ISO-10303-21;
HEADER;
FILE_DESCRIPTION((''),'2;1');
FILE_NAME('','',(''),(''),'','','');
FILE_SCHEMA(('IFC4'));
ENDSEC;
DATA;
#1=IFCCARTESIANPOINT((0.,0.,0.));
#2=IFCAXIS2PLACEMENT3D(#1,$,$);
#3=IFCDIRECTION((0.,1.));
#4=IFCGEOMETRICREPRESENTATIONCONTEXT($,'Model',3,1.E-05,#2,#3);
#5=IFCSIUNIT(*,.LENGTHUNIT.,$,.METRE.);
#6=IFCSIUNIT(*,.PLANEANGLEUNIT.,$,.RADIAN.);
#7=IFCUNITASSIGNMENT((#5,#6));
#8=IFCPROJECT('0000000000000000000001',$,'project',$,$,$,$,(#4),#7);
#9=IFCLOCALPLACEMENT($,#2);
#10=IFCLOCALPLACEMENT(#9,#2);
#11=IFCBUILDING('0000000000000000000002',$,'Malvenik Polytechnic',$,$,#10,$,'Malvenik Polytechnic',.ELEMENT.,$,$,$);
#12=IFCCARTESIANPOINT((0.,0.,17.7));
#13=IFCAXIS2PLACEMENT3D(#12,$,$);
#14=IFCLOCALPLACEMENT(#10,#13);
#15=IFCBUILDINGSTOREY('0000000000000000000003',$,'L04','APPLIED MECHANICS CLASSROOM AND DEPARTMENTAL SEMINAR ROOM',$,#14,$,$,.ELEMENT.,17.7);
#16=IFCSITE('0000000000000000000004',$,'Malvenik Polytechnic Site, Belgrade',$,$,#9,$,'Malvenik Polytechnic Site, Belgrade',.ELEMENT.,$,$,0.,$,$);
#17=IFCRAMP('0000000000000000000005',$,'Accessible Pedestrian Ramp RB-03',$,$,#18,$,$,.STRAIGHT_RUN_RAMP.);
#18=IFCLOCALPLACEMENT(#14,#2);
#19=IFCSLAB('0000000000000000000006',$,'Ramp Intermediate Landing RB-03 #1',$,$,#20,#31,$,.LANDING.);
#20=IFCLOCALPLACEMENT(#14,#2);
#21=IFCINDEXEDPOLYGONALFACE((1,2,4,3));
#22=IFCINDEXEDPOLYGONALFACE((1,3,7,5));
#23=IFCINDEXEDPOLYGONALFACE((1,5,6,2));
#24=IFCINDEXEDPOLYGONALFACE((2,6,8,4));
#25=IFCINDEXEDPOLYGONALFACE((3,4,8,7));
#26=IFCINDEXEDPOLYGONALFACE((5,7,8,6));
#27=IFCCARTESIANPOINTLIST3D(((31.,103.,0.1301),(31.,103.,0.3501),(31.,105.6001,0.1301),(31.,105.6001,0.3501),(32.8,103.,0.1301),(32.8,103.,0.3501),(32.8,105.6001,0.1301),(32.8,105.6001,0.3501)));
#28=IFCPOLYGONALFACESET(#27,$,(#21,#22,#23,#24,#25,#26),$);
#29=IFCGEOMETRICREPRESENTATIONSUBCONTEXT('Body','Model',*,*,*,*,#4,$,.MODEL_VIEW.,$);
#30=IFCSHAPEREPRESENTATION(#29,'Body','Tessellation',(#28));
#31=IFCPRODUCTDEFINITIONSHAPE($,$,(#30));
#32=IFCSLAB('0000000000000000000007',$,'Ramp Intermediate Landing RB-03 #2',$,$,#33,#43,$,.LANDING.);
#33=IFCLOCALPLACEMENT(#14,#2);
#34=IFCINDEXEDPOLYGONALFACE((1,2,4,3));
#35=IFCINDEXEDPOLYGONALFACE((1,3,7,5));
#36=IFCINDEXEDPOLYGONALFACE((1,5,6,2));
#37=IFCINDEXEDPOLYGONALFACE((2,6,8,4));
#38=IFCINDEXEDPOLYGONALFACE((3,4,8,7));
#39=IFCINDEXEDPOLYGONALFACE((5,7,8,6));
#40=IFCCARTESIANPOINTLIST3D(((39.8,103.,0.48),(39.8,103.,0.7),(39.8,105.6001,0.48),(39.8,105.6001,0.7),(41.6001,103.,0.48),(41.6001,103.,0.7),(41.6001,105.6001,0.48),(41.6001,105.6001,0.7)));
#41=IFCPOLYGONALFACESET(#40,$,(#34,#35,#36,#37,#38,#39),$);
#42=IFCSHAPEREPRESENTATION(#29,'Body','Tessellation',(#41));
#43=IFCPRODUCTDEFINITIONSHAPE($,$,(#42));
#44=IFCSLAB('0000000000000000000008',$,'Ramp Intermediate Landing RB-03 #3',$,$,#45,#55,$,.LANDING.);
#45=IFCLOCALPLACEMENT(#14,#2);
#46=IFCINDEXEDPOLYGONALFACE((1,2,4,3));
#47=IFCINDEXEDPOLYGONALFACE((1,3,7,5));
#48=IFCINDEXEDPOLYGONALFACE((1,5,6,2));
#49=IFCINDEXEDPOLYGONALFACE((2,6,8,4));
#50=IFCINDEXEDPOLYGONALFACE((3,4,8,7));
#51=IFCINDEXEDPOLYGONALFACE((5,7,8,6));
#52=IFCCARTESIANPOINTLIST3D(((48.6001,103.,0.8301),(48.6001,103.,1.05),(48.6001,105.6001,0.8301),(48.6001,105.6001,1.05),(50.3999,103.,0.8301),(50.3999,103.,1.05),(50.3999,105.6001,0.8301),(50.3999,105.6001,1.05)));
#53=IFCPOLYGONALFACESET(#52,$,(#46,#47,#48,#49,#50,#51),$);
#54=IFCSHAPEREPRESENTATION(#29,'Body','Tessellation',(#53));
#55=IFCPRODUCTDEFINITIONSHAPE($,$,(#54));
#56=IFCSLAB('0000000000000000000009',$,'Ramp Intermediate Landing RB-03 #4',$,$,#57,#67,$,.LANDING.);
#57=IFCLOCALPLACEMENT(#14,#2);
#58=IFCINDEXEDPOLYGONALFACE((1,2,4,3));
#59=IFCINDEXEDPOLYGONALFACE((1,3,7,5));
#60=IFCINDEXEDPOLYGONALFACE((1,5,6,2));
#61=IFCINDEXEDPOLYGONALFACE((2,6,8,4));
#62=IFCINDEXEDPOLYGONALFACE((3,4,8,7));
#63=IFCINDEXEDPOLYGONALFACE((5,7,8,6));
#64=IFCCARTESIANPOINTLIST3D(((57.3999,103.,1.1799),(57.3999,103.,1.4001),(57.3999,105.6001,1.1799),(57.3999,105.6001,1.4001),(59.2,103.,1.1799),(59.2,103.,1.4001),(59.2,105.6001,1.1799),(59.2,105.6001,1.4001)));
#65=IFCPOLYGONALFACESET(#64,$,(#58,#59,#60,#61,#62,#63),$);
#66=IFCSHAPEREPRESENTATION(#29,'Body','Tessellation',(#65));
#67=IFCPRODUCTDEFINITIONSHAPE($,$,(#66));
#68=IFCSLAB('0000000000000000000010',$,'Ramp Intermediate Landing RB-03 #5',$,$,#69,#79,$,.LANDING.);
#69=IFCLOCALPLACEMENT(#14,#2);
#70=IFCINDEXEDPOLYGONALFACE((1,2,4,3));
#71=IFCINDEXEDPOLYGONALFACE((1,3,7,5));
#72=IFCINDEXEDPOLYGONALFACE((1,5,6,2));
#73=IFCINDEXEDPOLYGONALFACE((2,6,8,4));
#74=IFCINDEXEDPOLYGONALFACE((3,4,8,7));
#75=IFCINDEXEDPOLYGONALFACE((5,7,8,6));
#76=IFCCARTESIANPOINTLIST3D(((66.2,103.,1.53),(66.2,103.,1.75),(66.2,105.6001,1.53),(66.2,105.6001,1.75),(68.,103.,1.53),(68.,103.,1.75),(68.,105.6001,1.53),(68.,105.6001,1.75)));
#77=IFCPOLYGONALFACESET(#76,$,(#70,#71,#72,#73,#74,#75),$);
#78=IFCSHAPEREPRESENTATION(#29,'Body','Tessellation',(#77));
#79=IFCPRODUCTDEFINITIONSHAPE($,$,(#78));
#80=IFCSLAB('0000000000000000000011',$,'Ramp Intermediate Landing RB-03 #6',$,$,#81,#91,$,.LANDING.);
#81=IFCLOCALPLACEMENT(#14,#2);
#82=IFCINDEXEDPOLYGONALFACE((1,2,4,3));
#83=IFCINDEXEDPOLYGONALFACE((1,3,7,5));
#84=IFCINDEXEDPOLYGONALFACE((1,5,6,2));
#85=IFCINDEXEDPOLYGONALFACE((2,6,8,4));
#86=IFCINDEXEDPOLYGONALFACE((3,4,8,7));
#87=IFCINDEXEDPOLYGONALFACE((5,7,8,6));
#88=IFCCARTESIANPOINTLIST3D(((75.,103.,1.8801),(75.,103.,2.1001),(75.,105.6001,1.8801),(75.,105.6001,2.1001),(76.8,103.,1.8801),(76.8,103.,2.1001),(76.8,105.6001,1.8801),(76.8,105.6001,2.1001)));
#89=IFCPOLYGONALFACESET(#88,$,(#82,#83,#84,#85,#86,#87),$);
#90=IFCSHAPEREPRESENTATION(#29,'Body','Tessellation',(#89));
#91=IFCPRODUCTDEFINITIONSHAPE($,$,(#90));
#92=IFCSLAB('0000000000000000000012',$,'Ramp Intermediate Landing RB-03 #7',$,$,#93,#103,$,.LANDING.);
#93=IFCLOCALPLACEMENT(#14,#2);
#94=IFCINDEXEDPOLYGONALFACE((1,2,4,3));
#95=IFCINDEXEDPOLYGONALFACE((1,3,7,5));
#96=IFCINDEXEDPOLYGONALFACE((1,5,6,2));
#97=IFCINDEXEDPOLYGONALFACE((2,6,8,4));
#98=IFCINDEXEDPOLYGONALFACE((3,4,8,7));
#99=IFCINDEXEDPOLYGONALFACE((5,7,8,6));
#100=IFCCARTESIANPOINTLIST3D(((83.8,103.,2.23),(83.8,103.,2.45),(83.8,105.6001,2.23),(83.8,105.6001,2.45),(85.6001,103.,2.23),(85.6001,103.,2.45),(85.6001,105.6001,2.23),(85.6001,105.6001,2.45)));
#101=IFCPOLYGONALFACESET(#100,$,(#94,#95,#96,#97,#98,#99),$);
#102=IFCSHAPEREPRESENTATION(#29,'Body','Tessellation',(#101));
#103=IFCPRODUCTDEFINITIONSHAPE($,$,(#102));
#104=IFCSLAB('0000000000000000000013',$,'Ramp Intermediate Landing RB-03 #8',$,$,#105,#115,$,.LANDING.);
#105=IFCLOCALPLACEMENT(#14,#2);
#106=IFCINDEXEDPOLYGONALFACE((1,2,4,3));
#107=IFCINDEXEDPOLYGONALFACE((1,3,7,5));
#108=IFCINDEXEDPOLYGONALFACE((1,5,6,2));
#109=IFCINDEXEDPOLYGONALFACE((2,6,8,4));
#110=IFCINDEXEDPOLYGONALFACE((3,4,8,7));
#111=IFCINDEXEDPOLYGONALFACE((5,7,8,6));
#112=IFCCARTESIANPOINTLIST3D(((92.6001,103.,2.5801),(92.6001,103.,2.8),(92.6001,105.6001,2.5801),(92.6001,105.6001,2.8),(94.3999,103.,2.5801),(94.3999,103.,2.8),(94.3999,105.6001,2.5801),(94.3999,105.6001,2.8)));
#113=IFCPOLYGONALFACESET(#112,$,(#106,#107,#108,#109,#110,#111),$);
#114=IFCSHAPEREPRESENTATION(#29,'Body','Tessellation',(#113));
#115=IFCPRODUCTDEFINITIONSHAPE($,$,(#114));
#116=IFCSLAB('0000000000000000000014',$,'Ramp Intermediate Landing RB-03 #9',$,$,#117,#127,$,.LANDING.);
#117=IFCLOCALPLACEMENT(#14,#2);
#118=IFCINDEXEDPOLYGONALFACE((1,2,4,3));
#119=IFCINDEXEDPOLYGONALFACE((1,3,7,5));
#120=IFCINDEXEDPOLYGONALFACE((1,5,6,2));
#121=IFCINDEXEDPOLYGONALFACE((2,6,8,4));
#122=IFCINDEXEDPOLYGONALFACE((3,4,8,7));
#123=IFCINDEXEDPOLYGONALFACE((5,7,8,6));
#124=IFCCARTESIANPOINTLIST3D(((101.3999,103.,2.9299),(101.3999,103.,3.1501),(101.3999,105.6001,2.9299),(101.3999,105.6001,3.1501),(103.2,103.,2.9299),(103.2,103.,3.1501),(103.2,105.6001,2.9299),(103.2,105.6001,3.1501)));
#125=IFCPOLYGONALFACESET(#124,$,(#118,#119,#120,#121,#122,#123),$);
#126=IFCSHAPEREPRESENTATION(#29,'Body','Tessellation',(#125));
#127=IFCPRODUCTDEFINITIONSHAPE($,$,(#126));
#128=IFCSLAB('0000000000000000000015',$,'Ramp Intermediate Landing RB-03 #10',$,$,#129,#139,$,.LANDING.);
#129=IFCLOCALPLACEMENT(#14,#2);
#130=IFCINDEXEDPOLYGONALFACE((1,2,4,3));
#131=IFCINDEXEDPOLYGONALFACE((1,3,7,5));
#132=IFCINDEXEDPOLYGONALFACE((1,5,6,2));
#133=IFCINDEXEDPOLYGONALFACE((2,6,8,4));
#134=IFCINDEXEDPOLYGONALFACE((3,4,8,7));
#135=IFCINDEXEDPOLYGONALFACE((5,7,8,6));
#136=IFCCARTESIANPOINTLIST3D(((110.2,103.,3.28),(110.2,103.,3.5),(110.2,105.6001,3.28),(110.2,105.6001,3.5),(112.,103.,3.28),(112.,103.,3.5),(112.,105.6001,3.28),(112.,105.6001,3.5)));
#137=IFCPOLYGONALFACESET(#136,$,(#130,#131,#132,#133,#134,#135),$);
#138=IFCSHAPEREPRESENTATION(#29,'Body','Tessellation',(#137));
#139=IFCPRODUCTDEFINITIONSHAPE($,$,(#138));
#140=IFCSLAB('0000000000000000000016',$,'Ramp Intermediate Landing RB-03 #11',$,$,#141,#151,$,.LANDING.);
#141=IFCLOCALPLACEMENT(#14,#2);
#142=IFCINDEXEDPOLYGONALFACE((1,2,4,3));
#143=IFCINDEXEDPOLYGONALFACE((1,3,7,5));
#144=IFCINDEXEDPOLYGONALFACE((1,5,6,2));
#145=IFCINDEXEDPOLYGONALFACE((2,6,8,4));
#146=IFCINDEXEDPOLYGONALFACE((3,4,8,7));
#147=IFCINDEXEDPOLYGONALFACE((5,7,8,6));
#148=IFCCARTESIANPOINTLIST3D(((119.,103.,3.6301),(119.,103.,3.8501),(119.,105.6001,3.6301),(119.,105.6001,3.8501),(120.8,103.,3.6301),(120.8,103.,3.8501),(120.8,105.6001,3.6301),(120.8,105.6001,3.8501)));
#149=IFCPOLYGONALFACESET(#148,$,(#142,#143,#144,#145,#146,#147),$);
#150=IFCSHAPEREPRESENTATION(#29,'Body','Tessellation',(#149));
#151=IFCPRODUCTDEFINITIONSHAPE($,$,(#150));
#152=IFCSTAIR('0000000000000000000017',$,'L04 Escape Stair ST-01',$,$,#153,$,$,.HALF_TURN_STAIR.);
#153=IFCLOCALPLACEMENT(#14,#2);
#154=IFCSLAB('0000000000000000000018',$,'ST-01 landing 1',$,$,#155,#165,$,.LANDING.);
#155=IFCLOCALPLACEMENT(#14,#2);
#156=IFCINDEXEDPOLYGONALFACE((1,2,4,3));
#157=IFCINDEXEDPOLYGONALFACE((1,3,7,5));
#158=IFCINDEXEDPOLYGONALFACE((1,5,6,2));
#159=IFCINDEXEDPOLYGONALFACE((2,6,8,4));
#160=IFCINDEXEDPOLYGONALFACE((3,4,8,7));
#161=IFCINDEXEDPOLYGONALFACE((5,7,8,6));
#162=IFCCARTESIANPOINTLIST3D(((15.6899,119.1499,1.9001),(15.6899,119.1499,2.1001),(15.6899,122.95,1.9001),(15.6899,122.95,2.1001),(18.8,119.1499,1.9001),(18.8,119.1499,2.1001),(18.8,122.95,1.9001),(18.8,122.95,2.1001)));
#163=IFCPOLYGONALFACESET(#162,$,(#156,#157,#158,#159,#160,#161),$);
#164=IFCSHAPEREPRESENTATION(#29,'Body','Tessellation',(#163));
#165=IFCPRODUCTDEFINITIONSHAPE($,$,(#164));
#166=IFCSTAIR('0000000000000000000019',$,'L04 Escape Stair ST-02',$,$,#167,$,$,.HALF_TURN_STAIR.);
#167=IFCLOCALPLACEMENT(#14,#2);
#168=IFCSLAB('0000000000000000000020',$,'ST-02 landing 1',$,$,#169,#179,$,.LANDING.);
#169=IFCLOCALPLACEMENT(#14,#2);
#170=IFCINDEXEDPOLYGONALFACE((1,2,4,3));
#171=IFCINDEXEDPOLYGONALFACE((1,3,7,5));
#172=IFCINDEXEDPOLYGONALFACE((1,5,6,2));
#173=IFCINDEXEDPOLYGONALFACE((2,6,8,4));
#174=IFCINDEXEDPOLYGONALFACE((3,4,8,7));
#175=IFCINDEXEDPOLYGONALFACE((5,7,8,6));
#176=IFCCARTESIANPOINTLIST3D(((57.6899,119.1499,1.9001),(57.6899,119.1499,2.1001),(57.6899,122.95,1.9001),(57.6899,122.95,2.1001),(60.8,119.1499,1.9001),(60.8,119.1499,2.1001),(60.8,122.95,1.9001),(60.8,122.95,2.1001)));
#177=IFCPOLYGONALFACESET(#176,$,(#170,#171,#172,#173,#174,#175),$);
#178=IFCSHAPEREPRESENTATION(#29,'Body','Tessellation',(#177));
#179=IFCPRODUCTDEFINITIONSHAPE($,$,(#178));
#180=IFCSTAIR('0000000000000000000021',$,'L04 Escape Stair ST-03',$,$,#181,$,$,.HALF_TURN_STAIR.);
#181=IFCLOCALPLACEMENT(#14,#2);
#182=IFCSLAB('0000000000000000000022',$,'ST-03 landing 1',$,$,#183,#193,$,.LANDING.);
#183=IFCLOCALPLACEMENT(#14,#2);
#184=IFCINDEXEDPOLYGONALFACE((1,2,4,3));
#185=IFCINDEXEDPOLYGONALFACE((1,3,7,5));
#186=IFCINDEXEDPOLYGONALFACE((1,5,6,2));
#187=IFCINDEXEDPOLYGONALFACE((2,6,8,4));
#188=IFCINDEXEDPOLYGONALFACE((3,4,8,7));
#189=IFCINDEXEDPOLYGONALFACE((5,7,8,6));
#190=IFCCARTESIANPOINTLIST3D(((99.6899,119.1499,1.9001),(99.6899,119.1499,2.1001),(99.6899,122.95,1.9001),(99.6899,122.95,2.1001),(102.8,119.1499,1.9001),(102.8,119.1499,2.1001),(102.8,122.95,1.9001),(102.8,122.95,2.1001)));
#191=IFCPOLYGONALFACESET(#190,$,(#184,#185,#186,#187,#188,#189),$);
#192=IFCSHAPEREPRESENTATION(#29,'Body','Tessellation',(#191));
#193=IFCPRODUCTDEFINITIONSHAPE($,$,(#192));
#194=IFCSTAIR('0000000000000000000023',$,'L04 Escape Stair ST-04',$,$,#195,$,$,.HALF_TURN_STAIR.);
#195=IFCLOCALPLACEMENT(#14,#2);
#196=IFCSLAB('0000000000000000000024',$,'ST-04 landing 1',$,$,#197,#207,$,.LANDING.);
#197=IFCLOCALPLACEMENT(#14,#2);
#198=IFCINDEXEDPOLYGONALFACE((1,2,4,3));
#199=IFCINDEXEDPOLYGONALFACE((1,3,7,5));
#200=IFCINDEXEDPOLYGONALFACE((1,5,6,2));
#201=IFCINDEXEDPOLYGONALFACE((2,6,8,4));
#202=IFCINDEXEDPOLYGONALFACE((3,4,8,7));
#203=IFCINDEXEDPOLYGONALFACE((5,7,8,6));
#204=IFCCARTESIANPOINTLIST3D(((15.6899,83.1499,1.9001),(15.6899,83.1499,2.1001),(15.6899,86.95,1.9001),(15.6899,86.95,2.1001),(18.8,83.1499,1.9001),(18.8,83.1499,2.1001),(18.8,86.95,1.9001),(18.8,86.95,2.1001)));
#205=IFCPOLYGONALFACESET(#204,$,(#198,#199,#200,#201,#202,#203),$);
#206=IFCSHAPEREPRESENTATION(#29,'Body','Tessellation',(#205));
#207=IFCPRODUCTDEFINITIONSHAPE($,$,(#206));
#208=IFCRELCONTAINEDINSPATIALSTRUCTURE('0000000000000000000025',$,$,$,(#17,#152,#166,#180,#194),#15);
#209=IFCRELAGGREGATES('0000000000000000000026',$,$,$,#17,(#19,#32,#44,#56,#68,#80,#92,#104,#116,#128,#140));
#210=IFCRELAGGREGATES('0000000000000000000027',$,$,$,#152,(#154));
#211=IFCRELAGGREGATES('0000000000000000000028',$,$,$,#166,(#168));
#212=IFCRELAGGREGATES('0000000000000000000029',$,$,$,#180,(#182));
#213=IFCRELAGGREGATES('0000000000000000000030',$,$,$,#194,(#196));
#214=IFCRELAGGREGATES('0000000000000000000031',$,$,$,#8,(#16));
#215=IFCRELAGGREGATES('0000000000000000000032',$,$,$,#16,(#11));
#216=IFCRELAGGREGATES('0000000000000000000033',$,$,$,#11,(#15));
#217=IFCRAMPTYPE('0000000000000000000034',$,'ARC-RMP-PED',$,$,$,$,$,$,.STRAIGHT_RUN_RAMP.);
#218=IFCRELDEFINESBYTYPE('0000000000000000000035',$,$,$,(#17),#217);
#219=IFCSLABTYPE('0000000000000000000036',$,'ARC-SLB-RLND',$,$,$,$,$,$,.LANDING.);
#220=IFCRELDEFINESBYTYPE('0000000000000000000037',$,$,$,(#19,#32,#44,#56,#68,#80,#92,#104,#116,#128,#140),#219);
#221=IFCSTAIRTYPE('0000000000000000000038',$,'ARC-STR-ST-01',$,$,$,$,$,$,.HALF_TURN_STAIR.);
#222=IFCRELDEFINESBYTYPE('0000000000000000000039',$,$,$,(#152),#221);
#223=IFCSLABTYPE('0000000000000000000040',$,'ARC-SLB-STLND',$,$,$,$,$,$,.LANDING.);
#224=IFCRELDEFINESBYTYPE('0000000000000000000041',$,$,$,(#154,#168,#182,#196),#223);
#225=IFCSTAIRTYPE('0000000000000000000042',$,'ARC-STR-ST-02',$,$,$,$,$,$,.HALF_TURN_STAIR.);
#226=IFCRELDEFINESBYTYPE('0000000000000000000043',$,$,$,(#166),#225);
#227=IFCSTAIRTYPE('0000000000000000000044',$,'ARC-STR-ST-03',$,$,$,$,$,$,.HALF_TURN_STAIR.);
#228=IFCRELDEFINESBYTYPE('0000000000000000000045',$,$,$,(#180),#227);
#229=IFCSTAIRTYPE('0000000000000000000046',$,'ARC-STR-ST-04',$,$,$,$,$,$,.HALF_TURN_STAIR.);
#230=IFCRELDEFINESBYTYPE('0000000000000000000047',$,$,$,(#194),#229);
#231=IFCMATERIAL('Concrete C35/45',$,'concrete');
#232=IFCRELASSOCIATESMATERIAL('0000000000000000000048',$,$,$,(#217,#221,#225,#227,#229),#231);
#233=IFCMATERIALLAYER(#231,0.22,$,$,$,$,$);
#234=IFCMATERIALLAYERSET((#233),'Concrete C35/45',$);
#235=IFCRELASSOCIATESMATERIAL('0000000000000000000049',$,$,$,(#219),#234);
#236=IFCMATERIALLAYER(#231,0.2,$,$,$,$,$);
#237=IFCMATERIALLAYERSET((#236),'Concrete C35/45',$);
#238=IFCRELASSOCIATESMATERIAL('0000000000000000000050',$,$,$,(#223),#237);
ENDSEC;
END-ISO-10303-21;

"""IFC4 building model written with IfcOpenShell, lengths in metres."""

from ifc_helpers import new_model, si_unit, direction, frame, origin, place, context, subcontext, project, spatial, polyline, outline, extrude, material, layer, layer_set, type_object, element, aggregate, save


model = new_model("IFC4")

# Units and contexts
model_context = context("Model", 3, precision=1e-05, world=origin(), true_north=direction((0.0, 1.0)))
body_context = subcontext(model_context, "Body", "Model", "MODEL_VIEW")
ifc_project = project(units=[si_unit("LENGTHUNIT", "METRE"), si_unit("PLANEANGLEUNIT", "RADIAN")], contexts=[model_context])

# Site, building, storey
site_placement = place(None, origin())
site = spatial("IfcSite", under=ifc_project, at=site_placement, Name="Malvenik Polytechnic Site, Belgrade", LongName="Malvenik Polytechnic Site, Belgrade", CompositionType="ELEMENT", RefElevation=0.0)
building_placement = place(site_placement, origin())
building = spatial("IfcBuilding", under=site, at=building_placement, Name="Malvenik Polytechnic", LongName="Malvenik Polytechnic", CompositionType="ELEMENT")
storey_placement = place(building_placement, frame((0.0, 0.0, 17.7)))
storey = spatial("IfcBuildingStorey", under=building, at=storey_placement, Name="L04", Description="APPLIED MECHANICS CLASSROOM AND DEPARTMENTAL SEMINAR ROOM", CompositionType="ELEMENT", Elevation=17.7)

# Ramp, slabs
ifc_material_1 = material(Name="Concrete C35/45", Category="concrete")
ramp_type = type_object("IfcRampType", Name="ARC-RMP-PED", PredefinedType="STRAIGHT_RUN_RAMP", material=ifc_material_1)
ramp_placement = place(storey_placement, origin())
ramp = element("IfcRamp", 1, at=ramp_placement, inside=storey, type_object=ramp_type, Name="Accessible Pedestrian Ramp RB-03", PredefinedType="STRAIGHT_RUN_RAMP")
ifc_layer_1 = layer(ifc_material_1, 0.22)
ifc_layer_set_1 = layer_set([ifc_layer_1], Name="Concrete C35/45")
slab_type_1 = type_object("IfcSlabType", Name="ARC-SLB-RLND", PredefinedType="LANDING", material=ifc_layer_set_1)
slab_1_placement = place(storey_placement, frame((0.0, 0.0, 0.1301)))
slab_1 = element("IfcSlab", 2, at=slab_1_placement, type_object=slab_type_1, Name="Ramp Intermediate Landing RB-03 #1", PredefinedType="LANDING", context=body_context, shape_type="SweptSolid", body=[
    extrude(outline(polyline([(31.0, 103.0), (32.8, 103.0), (32.8, 105.6001), (31.0, 105.6001), (31.0, 103.0)])), origin(), (0.0, 0.0, 1.0), 0.22),
])
slab_2_placement = place(storey_placement, frame((0.0, 0.0, 0.48)))
slab_2 = element("IfcSlab", 3, at=slab_2_placement, type_object=slab_type_1, Name="Ramp Intermediate Landing RB-03 #2", PredefinedType="LANDING", context=body_context, shape_type="SweptSolid", body=[
    extrude(outline(polyline([(39.8, 103.0), (41.6001, 103.0), (41.6001, 105.6001), (39.8, 105.6001), (39.8, 103.0)])), origin(), (0.0, 0.0, 1.0), 0.22),
])
slab_3_placement = place(storey_placement, frame((0.0, 0.0, 0.8301)))
slab_3 = element("IfcSlab", 4, at=slab_3_placement, type_object=slab_type_1, Name="Ramp Intermediate Landing RB-03 #3", PredefinedType="LANDING", context=body_context, shape_type="SweptSolid", body=[
    extrude(outline(polyline([(48.6001, 103.0), (50.3999, 103.0), (50.3999, 105.6001), (48.6001, 105.6001), (48.6001, 103.0)])), origin(), (0.0, 0.0, 1.0), 0.22),
])
slab_4_placement = place(storey_placement, frame((0.0, 0.0, 1.1799)))
slab_4 = element("IfcSlab", 5, at=slab_4_placement, type_object=slab_type_1, Name="Ramp Intermediate Landing RB-03 #4", PredefinedType="LANDING", context=body_context, shape_type="SweptSolid", body=[
    extrude(outline(polyline([(57.3999, 103.0), (59.2, 103.0), (59.2, 105.6001), (57.3999, 105.6001), (57.3999, 103.0)])), origin(), (0.0, 0.0, 1.0), 0.2202),
])
slab_5_placement = place(storey_placement, frame((0.0, 0.0, 1.53)))
slab_5 = element("IfcSlab", 6, at=slab_5_placement, type_object=slab_type_1, Name="Ramp Intermediate Landing RB-03 #5", PredefinedType="LANDING", context=body_context, shape_type="SweptSolid", body=[
    extrude(outline(polyline([(66.2, 103.0), (68.0, 103.0), (68.0, 105.6001), (66.2, 105.6001), (66.2, 103.0)])), origin(), (0.0, 0.0, 1.0), 0.22),
])
slab_6_placement = place(storey_placement, frame((0.0, 0.0, 1.8801)))
slab_6 = element("IfcSlab", 7, at=slab_6_placement, type_object=slab_type_1, Name="Ramp Intermediate Landing RB-03 #6", PredefinedType="LANDING", context=body_context, shape_type="SweptSolid", body=[
    extrude(outline(polyline([(75.0, 103.0), (76.8, 103.0), (76.8, 105.6001), (75.0, 105.6001), (75.0, 103.0)])), origin(), (0.0, 0.0, 1.0), 0.22),
])
slab_7_placement = place(storey_placement, frame((0.0, 0.0, 2.23)))
slab_7 = element("IfcSlab", 8, at=slab_7_placement, type_object=slab_type_1, Name="Ramp Intermediate Landing RB-03 #7", PredefinedType="LANDING", context=body_context, shape_type="SweptSolid", body=[
    extrude(outline(polyline([(83.8, 103.0), (85.6001, 103.0), (85.6001, 105.6001), (83.8, 105.6001), (83.8, 103.0)])), origin(), (0.0, 0.0, 1.0), 0.22),
])
slab_8_placement = place(storey_placement, frame((0.0, 0.0, 2.5801)))
slab_8 = element("IfcSlab", 9, at=slab_8_placement, type_object=slab_type_1, Name="Ramp Intermediate Landing RB-03 #8", PredefinedType="LANDING", context=body_context, shape_type="SweptSolid", body=[
    extrude(outline(polyline([(92.6001, 103.0), (94.3999, 103.0), (94.3999, 105.6001), (92.6001, 105.6001), (92.6001, 103.0)])), origin(), (0.0, 0.0, 1.0), 0.22),
])
slab_9_placement = place(storey_placement, frame((0.0, 0.0, 2.9299)))
slab_9 = element("IfcSlab", 10, at=slab_9_placement, type_object=slab_type_1, Name="Ramp Intermediate Landing RB-03 #9", PredefinedType="LANDING", context=body_context, shape_type="SweptSolid", body=[
    extrude(outline(polyline([(101.3999, 103.0), (103.2, 103.0), (103.2, 105.6001), (101.3999, 105.6001), (101.3999, 103.0)])), origin(), (0.0, 0.0, 1.0), 0.2202),
])
slab_10_placement = place(storey_placement, frame((0.0, 0.0, 3.28)))
slab_10 = element("IfcSlab", 11, at=slab_10_placement, type_object=slab_type_1, Name="Ramp Intermediate Landing RB-03 #10", PredefinedType="LANDING", context=body_context, shape_type="SweptSolid", body=[
    extrude(outline(polyline([(110.2, 103.0), (112.0, 103.0), (112.0, 105.6001), (110.2, 105.6001), (110.2, 103.0)])), origin(), (0.0, 0.0, 1.0), 0.22),
])
slab_11_placement = place(storey_placement, frame((0.0, 0.0, 3.6301)))
slab_11 = element("IfcSlab", 12, at=slab_11_placement, type_object=slab_type_1, Name="Ramp Intermediate Landing RB-03 #11", PredefinedType="LANDING", context=body_context, shape_type="SweptSolid", body=[
    extrude(outline(polyline([(119.0, 103.0), (120.8, 103.0), (120.8, 105.6001), (119.0, 105.6001), (119.0, 103.0)])), origin(), (0.0, 0.0, 1.0), 0.22),
])
aggregate(ramp, [slab_1, slab_2, slab_3, slab_4, slab_5, slab_6, slab_7, slab_8, slab_9, slab_10, slab_11])

# Stairs, slabs
stair_type_1 = type_object("IfcStairType", Name="ARC-STR-ST-01", PredefinedType="HALF_TURN_STAIR", material=ifc_material_1)
stair_1_placement = place(storey_placement, origin())
stair_1 = element("IfcStair", 13, at=stair_1_placement, inside=storey, type_object=stair_type_1, Name="L04 Escape Stair ST-01", PredefinedType="HALF_TURN_STAIR")
ifc_layer_2 = layer(ifc_material_1, 0.2)
ifc_layer_set_2 = layer_set([ifc_layer_2], Name="Concrete C35/45")
slab_type_2 = type_object("IfcSlabType", Name="ARC-SLB-STLND", PredefinedType="LANDING", material=ifc_layer_set_2)
slab_12_placement = place(storey_placement, frame((0.0, 0.0, 1.9001)))
slab_12 = element("IfcSlab", 14, at=slab_12_placement, type_object=slab_type_2, Name="ST-01 landing 1", PredefinedType="LANDING", context=body_context, shape_type="SweptSolid", body=[
    extrude(outline(polyline([(15.6899, 119.1499), (18.8, 119.1499), (18.8, 122.95), (15.6899, 122.95), (15.6899, 119.1499)])), origin(), (0.0, 0.0, 1.0), 0.2),
])
aggregate(stair_1, [slab_12])
stair_type_2 = type_object("IfcStairType", Name="ARC-STR-ST-02", PredefinedType="HALF_TURN_STAIR", material=ifc_material_1)
stair_2_placement = place(storey_placement, origin())
stair_2 = element("IfcStair", 15, at=stair_2_placement, inside=storey, type_object=stair_type_2, Name="L04 Escape Stair ST-02", PredefinedType="HALF_TURN_STAIR")
slab_13_placement = place(storey_placement, frame((0.0, 0.0, 1.9001)))
slab_13 = element("IfcSlab", 16, at=slab_13_placement, type_object=slab_type_2, Name="ST-02 landing 1", PredefinedType="LANDING", context=body_context, shape_type="SweptSolid", body=[
    extrude(outline(polyline([(57.6899, 119.1499), (60.8, 119.1499), (60.8, 122.95), (57.6899, 122.95), (57.6899, 119.1499)])), origin(), (0.0, 0.0, 1.0), 0.2),
])
aggregate(stair_2, [slab_13])
stair_type_3 = type_object("IfcStairType", Name="ARC-STR-ST-03", PredefinedType="HALF_TURN_STAIR", material=ifc_material_1)
stair_3_placement = place(storey_placement, origin())
stair_3 = element("IfcStair", 17, at=stair_3_placement, inside=storey, type_object=stair_type_3, Name="L04 Escape Stair ST-03", PredefinedType="HALF_TURN_STAIR")
slab_14_placement = place(storey_placement, frame((0.0, 0.0, 1.9001)))
slab_14 = element("IfcSlab", 18, at=slab_14_placement, type_object=slab_type_2, Name="ST-03 landing 1", PredefinedType="LANDING", context=body_context, shape_type="SweptSolid", body=[
    extrude(outline(polyline([(99.6899, 119.1499), (102.8, 119.1499), (102.8, 122.95), (99.6899, 122.95), (99.6899, 119.1499)])), origin(), (0.0, 0.0, 1.0), 0.2),
])
aggregate(stair_3, [slab_14])
stair_type_4 = type_object("IfcStairType", Name="ARC-STR-ST-04", PredefinedType="HALF_TURN_STAIR", material=ifc_material_1)
stair_4_placement = place(storey_placement, origin())
stair_4 = element("IfcStair", 19, at=stair_4_placement, inside=storey, type_object=stair_type_4, Name="L04 Escape Stair ST-04", PredefinedType="HALF_TURN_STAIR")
slab_15_placement = place(storey_placement, frame((0.0, 0.0, 1.9001)))
slab_15 = element("IfcSlab", 20, at=slab_15_placement, type_object=slab_type_2, Name="ST-04 landing 1", PredefinedType="LANDING", context=body_context, shape_type="SweptSolid", body=[
    extrude(outline(polyline([(15.6899, 83.1499), (18.8, 83.1499), (18.8, 86.95), (15.6899, 86.95), (15.6899, 83.1499)])), origin(), (0.0, 0.0, 1.0), 0.2),
])
aggregate(stair_4, [slab_15])

save(model, "model.ifc")
